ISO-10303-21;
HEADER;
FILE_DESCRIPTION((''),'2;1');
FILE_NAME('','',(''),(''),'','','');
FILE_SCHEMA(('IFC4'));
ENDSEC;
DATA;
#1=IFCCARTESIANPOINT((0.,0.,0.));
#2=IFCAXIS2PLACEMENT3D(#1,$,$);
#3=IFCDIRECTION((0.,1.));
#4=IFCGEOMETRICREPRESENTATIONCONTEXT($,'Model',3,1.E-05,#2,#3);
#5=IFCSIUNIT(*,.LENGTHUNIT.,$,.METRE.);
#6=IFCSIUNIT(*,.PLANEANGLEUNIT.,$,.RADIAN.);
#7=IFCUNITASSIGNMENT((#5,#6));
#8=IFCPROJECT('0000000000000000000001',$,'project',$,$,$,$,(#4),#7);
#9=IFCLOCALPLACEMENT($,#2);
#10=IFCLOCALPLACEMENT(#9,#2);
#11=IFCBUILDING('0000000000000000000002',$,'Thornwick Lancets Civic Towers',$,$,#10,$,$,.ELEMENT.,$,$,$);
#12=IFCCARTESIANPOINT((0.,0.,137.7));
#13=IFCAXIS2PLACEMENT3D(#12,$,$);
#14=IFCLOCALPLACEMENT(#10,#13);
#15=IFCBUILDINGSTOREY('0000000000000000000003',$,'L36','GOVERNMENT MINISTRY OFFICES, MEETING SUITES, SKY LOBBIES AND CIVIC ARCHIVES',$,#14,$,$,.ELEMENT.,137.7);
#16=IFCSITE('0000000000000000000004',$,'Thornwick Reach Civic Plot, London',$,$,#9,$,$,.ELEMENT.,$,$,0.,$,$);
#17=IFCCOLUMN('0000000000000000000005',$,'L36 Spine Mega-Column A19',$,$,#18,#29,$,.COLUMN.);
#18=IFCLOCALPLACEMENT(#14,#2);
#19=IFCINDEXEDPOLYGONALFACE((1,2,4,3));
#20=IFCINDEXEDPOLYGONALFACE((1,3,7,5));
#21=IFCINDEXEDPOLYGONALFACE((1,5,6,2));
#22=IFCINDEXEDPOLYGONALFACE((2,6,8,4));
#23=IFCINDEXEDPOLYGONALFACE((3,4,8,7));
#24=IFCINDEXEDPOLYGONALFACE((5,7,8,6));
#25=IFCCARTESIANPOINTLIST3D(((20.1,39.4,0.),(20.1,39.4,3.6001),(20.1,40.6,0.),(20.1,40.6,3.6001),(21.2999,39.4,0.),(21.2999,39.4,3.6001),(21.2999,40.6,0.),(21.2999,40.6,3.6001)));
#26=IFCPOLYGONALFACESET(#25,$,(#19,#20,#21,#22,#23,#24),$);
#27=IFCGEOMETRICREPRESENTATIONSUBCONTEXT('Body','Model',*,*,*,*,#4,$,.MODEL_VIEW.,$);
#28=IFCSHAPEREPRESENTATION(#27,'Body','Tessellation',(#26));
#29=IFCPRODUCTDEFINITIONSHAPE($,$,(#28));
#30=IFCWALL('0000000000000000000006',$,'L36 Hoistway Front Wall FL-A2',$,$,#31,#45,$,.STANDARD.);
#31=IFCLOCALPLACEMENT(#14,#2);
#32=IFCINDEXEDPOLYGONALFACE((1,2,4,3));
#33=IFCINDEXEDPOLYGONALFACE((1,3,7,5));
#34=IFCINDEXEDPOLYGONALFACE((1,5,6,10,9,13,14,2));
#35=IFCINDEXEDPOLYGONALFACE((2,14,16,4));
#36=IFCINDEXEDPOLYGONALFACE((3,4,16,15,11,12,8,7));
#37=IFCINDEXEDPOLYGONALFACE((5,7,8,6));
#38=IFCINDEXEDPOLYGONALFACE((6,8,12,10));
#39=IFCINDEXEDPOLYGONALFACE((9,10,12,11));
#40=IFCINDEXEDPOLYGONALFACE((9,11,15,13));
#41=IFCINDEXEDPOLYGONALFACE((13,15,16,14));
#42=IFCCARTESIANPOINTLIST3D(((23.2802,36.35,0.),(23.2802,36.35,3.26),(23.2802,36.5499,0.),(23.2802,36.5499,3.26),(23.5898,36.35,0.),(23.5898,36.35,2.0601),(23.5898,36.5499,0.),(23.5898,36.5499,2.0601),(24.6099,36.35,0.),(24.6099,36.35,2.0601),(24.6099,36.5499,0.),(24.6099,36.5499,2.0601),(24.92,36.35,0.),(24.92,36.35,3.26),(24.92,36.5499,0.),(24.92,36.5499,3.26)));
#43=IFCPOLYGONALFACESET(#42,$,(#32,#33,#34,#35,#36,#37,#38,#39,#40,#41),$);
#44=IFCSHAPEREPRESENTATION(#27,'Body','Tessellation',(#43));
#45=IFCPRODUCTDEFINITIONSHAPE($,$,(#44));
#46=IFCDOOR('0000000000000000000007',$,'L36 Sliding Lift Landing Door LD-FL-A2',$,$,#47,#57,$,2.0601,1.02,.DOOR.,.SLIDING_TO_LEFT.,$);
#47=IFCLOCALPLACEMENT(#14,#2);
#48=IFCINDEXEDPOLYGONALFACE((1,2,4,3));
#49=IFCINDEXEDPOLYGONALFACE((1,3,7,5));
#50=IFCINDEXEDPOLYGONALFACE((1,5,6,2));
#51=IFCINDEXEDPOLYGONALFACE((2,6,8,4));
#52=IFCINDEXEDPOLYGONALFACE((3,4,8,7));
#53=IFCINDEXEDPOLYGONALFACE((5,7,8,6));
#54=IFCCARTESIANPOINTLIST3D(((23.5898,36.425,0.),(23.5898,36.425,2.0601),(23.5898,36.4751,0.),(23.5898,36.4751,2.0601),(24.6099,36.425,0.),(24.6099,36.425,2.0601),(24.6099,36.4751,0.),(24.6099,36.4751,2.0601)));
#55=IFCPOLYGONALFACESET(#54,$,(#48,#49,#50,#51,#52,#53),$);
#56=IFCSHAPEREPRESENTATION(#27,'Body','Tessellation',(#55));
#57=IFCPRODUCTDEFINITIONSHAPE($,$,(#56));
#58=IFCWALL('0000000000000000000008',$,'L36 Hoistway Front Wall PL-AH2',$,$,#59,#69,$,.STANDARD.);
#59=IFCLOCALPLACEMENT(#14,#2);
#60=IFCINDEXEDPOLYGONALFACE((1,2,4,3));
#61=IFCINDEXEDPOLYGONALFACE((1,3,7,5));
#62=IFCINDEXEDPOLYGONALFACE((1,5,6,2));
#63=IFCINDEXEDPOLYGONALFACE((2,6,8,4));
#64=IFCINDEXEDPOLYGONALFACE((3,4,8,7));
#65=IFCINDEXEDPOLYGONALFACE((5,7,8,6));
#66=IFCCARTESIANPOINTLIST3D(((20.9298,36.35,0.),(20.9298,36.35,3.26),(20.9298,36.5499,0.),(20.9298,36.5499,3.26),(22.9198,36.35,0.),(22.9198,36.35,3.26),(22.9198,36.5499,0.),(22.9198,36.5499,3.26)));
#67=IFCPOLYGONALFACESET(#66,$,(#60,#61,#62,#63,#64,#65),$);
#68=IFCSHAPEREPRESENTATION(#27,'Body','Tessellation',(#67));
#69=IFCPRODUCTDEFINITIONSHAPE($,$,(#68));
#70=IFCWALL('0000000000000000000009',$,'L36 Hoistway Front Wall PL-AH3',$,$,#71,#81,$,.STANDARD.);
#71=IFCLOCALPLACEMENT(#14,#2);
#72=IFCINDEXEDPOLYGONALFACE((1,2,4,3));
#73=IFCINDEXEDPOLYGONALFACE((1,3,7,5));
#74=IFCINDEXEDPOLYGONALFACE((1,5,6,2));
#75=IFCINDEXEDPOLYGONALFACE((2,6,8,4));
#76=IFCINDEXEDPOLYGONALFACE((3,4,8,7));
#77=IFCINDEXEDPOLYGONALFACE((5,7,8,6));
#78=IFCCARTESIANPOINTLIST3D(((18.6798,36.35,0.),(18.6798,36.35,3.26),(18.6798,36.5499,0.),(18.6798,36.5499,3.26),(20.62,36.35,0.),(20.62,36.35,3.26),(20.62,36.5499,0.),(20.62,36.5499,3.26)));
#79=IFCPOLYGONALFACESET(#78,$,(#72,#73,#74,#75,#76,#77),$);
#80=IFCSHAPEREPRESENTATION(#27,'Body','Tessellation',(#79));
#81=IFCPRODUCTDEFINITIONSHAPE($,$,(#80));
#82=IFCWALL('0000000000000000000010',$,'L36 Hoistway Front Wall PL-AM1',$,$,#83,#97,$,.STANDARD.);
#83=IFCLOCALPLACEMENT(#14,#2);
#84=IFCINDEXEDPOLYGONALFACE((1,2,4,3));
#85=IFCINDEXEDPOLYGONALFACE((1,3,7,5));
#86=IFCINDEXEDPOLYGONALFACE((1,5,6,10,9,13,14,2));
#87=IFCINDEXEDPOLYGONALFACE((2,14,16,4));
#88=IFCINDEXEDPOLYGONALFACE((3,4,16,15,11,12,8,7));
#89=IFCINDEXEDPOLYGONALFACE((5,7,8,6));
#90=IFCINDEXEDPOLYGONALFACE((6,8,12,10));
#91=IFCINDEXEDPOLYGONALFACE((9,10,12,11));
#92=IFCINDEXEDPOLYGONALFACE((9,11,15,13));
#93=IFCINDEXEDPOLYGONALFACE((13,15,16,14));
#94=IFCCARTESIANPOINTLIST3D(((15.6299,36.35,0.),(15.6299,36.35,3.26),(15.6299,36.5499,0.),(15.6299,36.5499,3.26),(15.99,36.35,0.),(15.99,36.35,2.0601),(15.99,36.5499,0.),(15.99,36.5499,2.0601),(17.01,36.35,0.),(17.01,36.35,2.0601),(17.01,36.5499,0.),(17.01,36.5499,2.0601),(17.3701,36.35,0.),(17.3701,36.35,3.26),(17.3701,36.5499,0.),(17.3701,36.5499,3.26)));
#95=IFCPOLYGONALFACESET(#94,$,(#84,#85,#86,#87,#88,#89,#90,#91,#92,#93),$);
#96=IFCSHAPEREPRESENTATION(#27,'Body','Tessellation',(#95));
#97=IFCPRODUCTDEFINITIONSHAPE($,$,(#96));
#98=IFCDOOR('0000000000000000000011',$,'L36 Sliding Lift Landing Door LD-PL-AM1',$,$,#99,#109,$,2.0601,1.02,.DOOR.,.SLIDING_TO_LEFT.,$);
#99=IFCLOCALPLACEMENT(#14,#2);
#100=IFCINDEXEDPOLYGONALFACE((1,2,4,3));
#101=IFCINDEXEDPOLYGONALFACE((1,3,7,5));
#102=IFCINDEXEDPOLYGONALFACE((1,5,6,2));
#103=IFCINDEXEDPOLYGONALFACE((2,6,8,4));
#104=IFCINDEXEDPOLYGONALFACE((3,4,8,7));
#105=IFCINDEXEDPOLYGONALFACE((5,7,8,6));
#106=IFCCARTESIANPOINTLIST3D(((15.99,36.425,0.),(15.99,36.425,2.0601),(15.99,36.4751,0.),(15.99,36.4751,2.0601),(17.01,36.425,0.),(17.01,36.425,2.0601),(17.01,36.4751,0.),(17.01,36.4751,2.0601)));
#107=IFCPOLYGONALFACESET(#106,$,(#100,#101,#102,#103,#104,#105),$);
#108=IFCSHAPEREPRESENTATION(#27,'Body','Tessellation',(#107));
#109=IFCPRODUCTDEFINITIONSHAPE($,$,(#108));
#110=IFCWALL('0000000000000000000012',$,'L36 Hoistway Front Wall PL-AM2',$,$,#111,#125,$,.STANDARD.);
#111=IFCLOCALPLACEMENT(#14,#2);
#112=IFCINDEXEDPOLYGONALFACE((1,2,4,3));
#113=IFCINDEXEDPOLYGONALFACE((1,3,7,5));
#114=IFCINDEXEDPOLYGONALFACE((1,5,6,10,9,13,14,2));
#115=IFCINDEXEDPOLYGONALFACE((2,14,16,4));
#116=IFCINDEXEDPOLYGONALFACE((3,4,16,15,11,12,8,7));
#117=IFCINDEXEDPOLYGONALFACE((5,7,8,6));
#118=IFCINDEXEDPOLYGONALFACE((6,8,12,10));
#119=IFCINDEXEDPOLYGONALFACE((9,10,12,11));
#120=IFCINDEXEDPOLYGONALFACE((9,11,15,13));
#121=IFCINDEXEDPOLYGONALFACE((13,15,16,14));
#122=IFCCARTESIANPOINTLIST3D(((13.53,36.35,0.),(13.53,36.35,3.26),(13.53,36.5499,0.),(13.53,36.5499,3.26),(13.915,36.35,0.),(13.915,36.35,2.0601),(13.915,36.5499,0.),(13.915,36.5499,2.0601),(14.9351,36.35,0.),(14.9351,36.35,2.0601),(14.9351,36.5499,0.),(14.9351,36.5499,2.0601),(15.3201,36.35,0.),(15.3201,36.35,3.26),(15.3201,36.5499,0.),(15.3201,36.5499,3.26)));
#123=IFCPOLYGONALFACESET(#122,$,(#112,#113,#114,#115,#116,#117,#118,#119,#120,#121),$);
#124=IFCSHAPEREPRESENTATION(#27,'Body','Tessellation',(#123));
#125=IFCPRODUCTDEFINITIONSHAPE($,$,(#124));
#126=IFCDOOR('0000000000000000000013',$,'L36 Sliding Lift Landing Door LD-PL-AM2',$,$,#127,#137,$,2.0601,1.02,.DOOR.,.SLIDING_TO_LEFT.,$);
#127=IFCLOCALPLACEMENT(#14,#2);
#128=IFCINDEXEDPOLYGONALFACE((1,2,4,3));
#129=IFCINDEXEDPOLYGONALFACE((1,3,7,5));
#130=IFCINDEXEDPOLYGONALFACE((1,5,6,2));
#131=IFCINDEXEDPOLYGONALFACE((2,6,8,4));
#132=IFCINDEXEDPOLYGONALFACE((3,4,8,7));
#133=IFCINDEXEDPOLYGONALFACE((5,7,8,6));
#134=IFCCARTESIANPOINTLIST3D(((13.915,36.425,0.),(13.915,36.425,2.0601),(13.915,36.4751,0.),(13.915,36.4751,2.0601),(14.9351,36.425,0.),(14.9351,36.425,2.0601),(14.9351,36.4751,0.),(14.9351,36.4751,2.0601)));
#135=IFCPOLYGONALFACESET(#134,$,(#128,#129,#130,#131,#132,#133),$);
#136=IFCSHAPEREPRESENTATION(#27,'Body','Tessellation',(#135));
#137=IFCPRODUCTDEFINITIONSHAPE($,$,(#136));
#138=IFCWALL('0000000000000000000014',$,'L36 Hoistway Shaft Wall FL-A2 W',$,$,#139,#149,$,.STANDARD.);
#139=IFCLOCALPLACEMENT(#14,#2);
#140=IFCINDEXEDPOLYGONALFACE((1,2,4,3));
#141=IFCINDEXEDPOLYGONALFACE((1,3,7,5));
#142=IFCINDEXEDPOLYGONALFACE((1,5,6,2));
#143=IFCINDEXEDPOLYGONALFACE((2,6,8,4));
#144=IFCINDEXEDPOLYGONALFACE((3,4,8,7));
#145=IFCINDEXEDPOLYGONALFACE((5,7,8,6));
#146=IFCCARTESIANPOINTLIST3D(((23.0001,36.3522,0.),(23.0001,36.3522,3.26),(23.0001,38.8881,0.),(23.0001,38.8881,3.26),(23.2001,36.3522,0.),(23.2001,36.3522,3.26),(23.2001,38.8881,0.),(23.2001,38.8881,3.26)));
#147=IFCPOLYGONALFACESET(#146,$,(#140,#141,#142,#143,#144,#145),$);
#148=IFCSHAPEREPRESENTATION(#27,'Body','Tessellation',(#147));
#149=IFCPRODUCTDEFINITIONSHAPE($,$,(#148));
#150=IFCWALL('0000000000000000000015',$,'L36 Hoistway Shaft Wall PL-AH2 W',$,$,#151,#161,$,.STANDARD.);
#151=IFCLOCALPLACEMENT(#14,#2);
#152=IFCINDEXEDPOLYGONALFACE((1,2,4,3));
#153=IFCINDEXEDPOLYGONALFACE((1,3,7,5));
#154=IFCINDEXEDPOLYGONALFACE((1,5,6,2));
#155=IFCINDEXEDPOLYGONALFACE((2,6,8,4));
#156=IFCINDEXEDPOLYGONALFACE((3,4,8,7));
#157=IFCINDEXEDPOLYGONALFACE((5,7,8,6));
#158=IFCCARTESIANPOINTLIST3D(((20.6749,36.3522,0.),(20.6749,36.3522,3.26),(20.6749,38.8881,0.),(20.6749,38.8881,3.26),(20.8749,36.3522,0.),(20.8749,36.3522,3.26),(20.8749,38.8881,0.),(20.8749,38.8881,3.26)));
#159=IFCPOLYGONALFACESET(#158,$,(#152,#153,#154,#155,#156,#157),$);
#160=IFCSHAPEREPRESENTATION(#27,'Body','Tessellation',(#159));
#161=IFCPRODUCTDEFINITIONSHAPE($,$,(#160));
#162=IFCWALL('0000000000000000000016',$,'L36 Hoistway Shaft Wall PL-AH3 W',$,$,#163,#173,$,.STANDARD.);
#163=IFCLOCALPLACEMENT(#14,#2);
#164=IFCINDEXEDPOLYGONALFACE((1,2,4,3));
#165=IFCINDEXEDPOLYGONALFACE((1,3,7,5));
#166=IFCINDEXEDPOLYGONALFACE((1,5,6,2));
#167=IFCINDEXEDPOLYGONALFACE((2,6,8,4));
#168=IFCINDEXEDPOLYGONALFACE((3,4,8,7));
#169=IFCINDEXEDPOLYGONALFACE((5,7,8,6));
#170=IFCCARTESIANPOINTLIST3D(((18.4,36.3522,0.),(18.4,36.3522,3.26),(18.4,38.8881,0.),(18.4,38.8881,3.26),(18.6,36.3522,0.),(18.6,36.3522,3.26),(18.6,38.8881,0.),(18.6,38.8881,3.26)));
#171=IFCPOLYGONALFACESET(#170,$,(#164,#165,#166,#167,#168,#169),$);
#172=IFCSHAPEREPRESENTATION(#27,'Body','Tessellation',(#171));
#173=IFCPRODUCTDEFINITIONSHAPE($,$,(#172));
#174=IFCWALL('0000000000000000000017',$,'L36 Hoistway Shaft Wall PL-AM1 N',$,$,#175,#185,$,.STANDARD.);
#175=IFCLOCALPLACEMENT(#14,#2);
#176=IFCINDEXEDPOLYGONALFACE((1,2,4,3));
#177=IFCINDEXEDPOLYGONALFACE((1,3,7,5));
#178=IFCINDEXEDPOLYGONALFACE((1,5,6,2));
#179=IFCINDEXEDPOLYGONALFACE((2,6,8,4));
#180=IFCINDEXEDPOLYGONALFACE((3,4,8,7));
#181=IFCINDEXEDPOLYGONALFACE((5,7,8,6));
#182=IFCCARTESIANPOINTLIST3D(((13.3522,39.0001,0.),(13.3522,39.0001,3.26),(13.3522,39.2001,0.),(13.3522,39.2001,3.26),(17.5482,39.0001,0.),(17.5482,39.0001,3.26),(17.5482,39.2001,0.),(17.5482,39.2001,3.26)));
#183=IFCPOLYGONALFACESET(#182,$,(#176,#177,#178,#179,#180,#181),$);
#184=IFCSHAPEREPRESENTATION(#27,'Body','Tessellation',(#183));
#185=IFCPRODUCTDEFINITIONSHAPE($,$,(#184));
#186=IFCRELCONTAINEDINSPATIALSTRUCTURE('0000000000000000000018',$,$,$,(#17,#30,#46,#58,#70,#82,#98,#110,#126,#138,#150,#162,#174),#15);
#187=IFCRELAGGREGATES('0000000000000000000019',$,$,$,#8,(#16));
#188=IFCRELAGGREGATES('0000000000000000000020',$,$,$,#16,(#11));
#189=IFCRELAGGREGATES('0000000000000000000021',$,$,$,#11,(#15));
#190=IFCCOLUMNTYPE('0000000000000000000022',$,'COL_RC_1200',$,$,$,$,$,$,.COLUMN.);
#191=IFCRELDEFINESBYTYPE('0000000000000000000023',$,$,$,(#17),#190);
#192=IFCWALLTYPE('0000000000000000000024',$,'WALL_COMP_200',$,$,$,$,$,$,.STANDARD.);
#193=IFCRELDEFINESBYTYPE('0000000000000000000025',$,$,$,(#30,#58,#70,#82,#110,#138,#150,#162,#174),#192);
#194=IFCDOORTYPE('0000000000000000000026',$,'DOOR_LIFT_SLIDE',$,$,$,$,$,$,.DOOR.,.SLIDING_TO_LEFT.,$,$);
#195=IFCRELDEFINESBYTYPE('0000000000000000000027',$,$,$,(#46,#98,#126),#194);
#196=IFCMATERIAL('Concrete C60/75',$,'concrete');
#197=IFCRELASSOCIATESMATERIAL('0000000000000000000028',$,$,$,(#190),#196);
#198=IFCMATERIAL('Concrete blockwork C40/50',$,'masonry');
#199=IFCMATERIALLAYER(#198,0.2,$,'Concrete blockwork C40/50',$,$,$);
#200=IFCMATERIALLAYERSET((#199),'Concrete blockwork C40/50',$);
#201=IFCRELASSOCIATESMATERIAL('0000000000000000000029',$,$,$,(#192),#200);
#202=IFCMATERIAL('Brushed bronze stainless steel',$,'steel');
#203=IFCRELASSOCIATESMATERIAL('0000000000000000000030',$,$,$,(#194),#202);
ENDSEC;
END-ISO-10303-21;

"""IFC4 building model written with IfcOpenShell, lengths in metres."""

from ifc_helpers import new_model, si_unit, direction, frame, frame_2d, origin, origin_2d, place, context, subcontext, project, spatial, rectangle, extrude, material, layer, layer_set, material_profile, profile_set, type_object, element, fill, save


model = new_model("IFC4")

# Units and contexts
model_context = context("Model", 3, precision=1e-05, world=origin(), true_north=direction((0.0, 1.0)))
body_context = subcontext(model_context, "Body", "Model", "MODEL_VIEW")
ifc_project = project(units=[si_unit("LENGTHUNIT", "METRE"), si_unit("PLANEANGLEUNIT", "RADIAN")], contexts=[model_context])

# Site, building, storey
site_placement = place(None, origin())
site = spatial("IfcSite", under=ifc_project, at=site_placement, Name="Thornwick Reach Civic Plot, London", CompositionType="ELEMENT", RefElevation=0.0)
building_placement = place(site_placement, origin())
building = spatial("IfcBuilding", under=site, at=building_placement, Name="Thornwick Lancets Civic Towers", CompositionType="ELEMENT")
storey_placement = place(building_placement, frame((0.0, 0.0, 137.7)))
storey = spatial("IfcBuildingStorey", under=building, at=storey_placement, Name="L36", Description="GOVERNMENT MINISTRY OFFICES, MEETING SUITES, SKY LOBBIES AND CIVIC ARCHIVES", CompositionType="ELEMENT", Elevation=137.7)

# Column
ifc_material_1 = material(Name="Concrete C60/75", Category="concrete")
ifc_material_profile = material_profile(ifc_material_1, rectangle(XDim=1.2, YDim=1.2, at=origin_2d()), Name="RC 1200x1200")
ifc_profile_set = profile_set([ifc_material_profile], Name="Concrete C60/75")
column_type = type_object("IfcColumnType", Name="COL_RC_1200", PredefinedType="COLUMN", material=ifc_profile_set)
column_placement = place(storey_placement, frame((20.7, 40.0, 0.0), z_axis=(0.0, 0.0, 1.0), x_axis=(1.0, 0.0, 0.0)))
element("IfcColumn", 1, at=column_placement, inside=storey, type_object=column_type, Name="L36 Spine Mega-Column A19", PredefinedType="COLUMN", context=body_context, shape_type="SweptSolid", body=[
    extrude(rectangle(XDim=1.2, YDim=1.2, at=origin_2d()), origin(), (0.0, 0.0, 1.0), 3.6001),
])

# Wall, opening, door
ifc_material_2 = material(Name="Concrete blockwork C40/50", Category="masonry")
ifc_layer_1 = layer(ifc_material_2, 0.2, Name="Concrete blockwork C40/50")
ifc_layer_set_1 = layer_set([ifc_layer_1], Name="Concrete blockwork C40/50")
wall_type_1 = type_object("IfcWallType", Name="WALL_COMP_200", PredefinedType="STANDARD", material=ifc_layer_set_1)
wall_1_placement = place(storey_placement, frame((24.9199, 36.45, 0.0), z_axis=(0.0, 0.0, 1.0), x_axis=(-1.0, 0.0, 0.0)))
wall_1 = element("IfcWall", 2, at=wall_1_placement, inside=storey, type_object=wall_type_1, Name="L36 Hoistway Front Wall FL-A2", PredefinedType="STANDARD", context=body_context, shape_type="SweptSolid", body=[
    extrude(rectangle(XDim=1.6399, YDim=0.2, at=frame_2d((0.8198, 0.0))), origin(), (0.0, 0.0, 1.0), 3.26),
])
opening_1_placement = place(wall_1_placement, frame((0.3101, 0.0, 0.0)))
opening_1 = element("IfcOpeningElement", 3, at=opening_1_placement, cuts=wall_1, PredefinedType="OPENING", context=body_context, shape_type="SweptSolid", body=[
    extrude(rectangle(XDim=1.02, YDim=2.0601, at=frame_2d((0.51, 1.03))), frame((0.0, 0.1099, 0.0), z_axis=(0.0, -1.0, 0.0), x_axis=(1.0, 0.0, 0.0)), (0.0, 0.0, 1.0), 0.22),
])
ifc_material_3 = material(Name="Brushed bronze stainless steel", Category="steel")
door_type = type_object("IfcDoorType", Name="DOOR_LIFT_SLIDE", OperationType="SLIDING_TO_LEFT", PredefinedType="DOOR", material=ifc_material_3)
door_1_placement = place(opening_1_placement, origin())
door_1 = element("IfcDoor", 4, at=door_1_placement, inside=storey, type_object=door_type, Name="L36 Sliding Lift Landing Door LD-FL-A2", OperationType="SLIDING_TO_LEFT", OverallHeight=2.0601, OverallWidth=1.02, PredefinedType="DOOR", context=body_context, shape_type="SweptSolid", body=[
    extrude(rectangle(XDim=1.02, YDim=2.0601, at=frame_2d((0.51, 1.03))), frame((0.0, 0.0249, 0.0), z_axis=(0.0, -1.0, 0.0), x_axis=(1.0, 0.0, 0.0)), (0.0, 0.0, 1.0), 0.05),
])
fill(opening_1, door_1)

# Walls
wall_2_placement = place(storey_placement, frame((22.9199, 36.45, 0.0), z_axis=(0.0, 0.0, 1.0), x_axis=(-1.0, 0.0, 0.0)))
element("IfcWall", 5, at=wall_2_placement, inside=storey, type_object=wall_type_1, Name="L36 Hoistway Front Wall PL-AH2", PredefinedType="STANDARD", context=body_context, shape_type="SweptSolid", body=[
    extrude(rectangle(XDim=1.99, YDim=0.2, at=frame_2d((0.9951, 0.0))), origin(), (0.0, 0.0, 1.0), 3.26),
])
wall_3_placement = place(storey_placement, frame((20.6201, 36.45, 0.0), z_axis=(0.0, 0.0, 1.0), x_axis=(-1.0, 0.0, 0.0)))
element("IfcWall", 6, at=wall_3_placement, inside=storey, type_object=wall_type_1, Name="L36 Hoistway Front Wall PL-AH3", PredefinedType="STANDARD", context=body_context, shape_type="SweptSolid", body=[
    extrude(rectangle(XDim=1.9402, YDim=0.2, at=frame_2d((0.9702, 0.0))), origin(), (0.0, 0.0, 1.0), 3.26),
])

# Walls, openings, doors
wall_4_placement = place(storey_placement, frame((17.3701, 36.45, 0.0), z_axis=(0.0, 0.0, 1.0), x_axis=(-1.0, 0.0, 0.0)))
wall_4 = element("IfcWall", 7, at=wall_4_placement, inside=storey, type_object=wall_type_1, Name="L36 Hoistway Front Wall PL-AM1", PredefinedType="STANDARD", context=body_context, shape_type="SweptSolid", body=[
    extrude(rectangle(XDim=1.7402, YDim=0.2, at=frame_2d((0.8701, 0.0))), origin(), (0.0, 0.0, 1.0), 3.26),
])
opening_2_placement = place(wall_4_placement, frame((0.3601, 0.0, 0.0)))
opening_2 = element("IfcOpeningElement", 8, at=opening_2_placement, cuts=wall_4, PredefinedType="OPENING", context=body_context, shape_type="SweptSolid", body=[
    extrude(rectangle(XDim=1.02, YDim=2.0601, at=frame_2d((0.51, 1.03))), frame((0.0, 0.1099, 0.0), z_axis=(0.0, -1.0, 0.0), x_axis=(1.0, 0.0, 0.0)), (0.0, 0.0, 1.0), 0.22),
])
door_2_placement = place(opening_2_placement, origin())
door_2 = element("IfcDoor", 9, at=door_2_placement, inside=storey, type_object=door_type, Name="L36 Sliding Lift Landing Door LD-PL-AM1", OperationType="SLIDING_TO_LEFT", OverallHeight=2.0601, OverallWidth=1.02, PredefinedType="DOOR", context=body_context, shape_type="SweptSolid", body=[
    extrude(rectangle(XDim=1.02, YDim=2.0601, at=frame_2d((0.51, 1.03))), frame((0.0, 0.0249, 0.0), z_axis=(0.0, -1.0, 0.0), x_axis=(1.0, 0.0, 0.0)), (0.0, 0.0, 1.0), 0.05),
])
fill(opening_2, door_2)
wall_5_placement = place(storey_placement, frame((15.3201, 36.45, 0.0), z_axis=(0.0, 0.0, 1.0), x_axis=(-1.0, 0.0, 0.0)))
wall_5 = element("IfcWall", 10, at=wall_5_placement, inside=storey, type_object=wall_type_1, Name="L36 Hoistway Front Wall PL-AM2", PredefinedType="STANDARD", context=body_context, shape_type="SweptSolid", body=[
    extrude(rectangle(XDim=1.79, YDim=0.2, at=frame_2d((0.895, 0.0))), origin(), (0.0, 0.0, 1.0), 3.26),
])
opening_3_placement = place(wall_5_placement, frame((0.385, 0.0, 0.0)))
opening_3 = element("IfcOpeningElement", 11, at=opening_3_placement, cuts=wall_5, PredefinedType="OPENING", context=body_context, shape_type="SweptSolid", body=[
    extrude(rectangle(XDim=1.02, YDim=2.0601, at=frame_2d((0.51, 1.03))), frame((0.0, 0.1099, 0.0), z_axis=(0.0, -1.0, 0.0), x_axis=(1.0, 0.0, 0.0)), (0.0, 0.0, 1.0), 0.22),
])
door_3_placement = place(opening_3_placement, origin())
door_3 = element("IfcDoor", 12, at=door_3_placement, inside=storey, type_object=door_type, Name="L36 Sliding Lift Landing Door LD-PL-AM2", OperationType="SLIDING_TO_LEFT", OverallHeight=2.0601, OverallWidth=1.02, PredefinedType="DOOR", context=body_context, shape_type="SweptSolid", body=[
    extrude(rectangle(XDim=1.02, YDim=2.0601, at=frame_2d((0.51, 1.03))), frame((0.0, 0.0249, 0.0), z_axis=(0.0, -1.0, 0.0), x_axis=(1.0, 0.0, 0.0)), (0.0, 0.0, 1.0), 0.05),
])
fill(opening_3, door_3)

# Walls
for number, where, z_axis, x_axis, name in (
    (13, (23.1001, 36.3521, 0.0), (0.0, 0.0, 1.0), (0.0, 1.0, 0.0), "L36 Hoistway Shaft Wall FL-A2 W"),
    (14, (20.7749, 36.3521, 0.0), (0.0, 0.0, 1.0), (0.0, 1.0, 0.0), "L36 Hoistway Shaft Wall PL-AH2 W"),
    (15, (18.5, 36.3521, 0.0), (0.0, 0.0, 1.0), (0.0, 1.0, 0.0), "L36 Hoistway Shaft Wall PL-AH3 W"),
):
    element("IfcWall", number, at=place(storey_placement, frame(where, z_axis=z_axis, x_axis=x_axis)), inside=storey, type_object=wall_type_1, Name=name, PredefinedType="STANDARD", context=body_context, shape_type="SweptSolid", body=[
        extrude(rectangle(XDim=2.5359, YDim=0.2, at=frame_2d((1.2681, 0.0))), origin(), (0.0, 0.0, 1.0), 3.26),
    ])
wall_6_placement = place(storey_placement, frame((13.3521, 39.1001, 0.0), z_axis=(0.0, 0.0, 1.0), x_axis=(1.0, 0.0, 0.0)))
element("IfcWall", 16, at=wall_6_placement, inside=storey, type_object=wall_type_1, Name="L36 Hoistway Shaft Wall PL-AM1 N", PredefinedType="STANDARD", context=body_context, shape_type="SweptSolid", body=[
    extrude(rectangle(XDim=4.196, YDim=0.2, at=frame_2d((2.0981, 0.0))), origin(), (0.0, 0.0, 1.0), 3.26),
])

save(model, "model.ifc")
